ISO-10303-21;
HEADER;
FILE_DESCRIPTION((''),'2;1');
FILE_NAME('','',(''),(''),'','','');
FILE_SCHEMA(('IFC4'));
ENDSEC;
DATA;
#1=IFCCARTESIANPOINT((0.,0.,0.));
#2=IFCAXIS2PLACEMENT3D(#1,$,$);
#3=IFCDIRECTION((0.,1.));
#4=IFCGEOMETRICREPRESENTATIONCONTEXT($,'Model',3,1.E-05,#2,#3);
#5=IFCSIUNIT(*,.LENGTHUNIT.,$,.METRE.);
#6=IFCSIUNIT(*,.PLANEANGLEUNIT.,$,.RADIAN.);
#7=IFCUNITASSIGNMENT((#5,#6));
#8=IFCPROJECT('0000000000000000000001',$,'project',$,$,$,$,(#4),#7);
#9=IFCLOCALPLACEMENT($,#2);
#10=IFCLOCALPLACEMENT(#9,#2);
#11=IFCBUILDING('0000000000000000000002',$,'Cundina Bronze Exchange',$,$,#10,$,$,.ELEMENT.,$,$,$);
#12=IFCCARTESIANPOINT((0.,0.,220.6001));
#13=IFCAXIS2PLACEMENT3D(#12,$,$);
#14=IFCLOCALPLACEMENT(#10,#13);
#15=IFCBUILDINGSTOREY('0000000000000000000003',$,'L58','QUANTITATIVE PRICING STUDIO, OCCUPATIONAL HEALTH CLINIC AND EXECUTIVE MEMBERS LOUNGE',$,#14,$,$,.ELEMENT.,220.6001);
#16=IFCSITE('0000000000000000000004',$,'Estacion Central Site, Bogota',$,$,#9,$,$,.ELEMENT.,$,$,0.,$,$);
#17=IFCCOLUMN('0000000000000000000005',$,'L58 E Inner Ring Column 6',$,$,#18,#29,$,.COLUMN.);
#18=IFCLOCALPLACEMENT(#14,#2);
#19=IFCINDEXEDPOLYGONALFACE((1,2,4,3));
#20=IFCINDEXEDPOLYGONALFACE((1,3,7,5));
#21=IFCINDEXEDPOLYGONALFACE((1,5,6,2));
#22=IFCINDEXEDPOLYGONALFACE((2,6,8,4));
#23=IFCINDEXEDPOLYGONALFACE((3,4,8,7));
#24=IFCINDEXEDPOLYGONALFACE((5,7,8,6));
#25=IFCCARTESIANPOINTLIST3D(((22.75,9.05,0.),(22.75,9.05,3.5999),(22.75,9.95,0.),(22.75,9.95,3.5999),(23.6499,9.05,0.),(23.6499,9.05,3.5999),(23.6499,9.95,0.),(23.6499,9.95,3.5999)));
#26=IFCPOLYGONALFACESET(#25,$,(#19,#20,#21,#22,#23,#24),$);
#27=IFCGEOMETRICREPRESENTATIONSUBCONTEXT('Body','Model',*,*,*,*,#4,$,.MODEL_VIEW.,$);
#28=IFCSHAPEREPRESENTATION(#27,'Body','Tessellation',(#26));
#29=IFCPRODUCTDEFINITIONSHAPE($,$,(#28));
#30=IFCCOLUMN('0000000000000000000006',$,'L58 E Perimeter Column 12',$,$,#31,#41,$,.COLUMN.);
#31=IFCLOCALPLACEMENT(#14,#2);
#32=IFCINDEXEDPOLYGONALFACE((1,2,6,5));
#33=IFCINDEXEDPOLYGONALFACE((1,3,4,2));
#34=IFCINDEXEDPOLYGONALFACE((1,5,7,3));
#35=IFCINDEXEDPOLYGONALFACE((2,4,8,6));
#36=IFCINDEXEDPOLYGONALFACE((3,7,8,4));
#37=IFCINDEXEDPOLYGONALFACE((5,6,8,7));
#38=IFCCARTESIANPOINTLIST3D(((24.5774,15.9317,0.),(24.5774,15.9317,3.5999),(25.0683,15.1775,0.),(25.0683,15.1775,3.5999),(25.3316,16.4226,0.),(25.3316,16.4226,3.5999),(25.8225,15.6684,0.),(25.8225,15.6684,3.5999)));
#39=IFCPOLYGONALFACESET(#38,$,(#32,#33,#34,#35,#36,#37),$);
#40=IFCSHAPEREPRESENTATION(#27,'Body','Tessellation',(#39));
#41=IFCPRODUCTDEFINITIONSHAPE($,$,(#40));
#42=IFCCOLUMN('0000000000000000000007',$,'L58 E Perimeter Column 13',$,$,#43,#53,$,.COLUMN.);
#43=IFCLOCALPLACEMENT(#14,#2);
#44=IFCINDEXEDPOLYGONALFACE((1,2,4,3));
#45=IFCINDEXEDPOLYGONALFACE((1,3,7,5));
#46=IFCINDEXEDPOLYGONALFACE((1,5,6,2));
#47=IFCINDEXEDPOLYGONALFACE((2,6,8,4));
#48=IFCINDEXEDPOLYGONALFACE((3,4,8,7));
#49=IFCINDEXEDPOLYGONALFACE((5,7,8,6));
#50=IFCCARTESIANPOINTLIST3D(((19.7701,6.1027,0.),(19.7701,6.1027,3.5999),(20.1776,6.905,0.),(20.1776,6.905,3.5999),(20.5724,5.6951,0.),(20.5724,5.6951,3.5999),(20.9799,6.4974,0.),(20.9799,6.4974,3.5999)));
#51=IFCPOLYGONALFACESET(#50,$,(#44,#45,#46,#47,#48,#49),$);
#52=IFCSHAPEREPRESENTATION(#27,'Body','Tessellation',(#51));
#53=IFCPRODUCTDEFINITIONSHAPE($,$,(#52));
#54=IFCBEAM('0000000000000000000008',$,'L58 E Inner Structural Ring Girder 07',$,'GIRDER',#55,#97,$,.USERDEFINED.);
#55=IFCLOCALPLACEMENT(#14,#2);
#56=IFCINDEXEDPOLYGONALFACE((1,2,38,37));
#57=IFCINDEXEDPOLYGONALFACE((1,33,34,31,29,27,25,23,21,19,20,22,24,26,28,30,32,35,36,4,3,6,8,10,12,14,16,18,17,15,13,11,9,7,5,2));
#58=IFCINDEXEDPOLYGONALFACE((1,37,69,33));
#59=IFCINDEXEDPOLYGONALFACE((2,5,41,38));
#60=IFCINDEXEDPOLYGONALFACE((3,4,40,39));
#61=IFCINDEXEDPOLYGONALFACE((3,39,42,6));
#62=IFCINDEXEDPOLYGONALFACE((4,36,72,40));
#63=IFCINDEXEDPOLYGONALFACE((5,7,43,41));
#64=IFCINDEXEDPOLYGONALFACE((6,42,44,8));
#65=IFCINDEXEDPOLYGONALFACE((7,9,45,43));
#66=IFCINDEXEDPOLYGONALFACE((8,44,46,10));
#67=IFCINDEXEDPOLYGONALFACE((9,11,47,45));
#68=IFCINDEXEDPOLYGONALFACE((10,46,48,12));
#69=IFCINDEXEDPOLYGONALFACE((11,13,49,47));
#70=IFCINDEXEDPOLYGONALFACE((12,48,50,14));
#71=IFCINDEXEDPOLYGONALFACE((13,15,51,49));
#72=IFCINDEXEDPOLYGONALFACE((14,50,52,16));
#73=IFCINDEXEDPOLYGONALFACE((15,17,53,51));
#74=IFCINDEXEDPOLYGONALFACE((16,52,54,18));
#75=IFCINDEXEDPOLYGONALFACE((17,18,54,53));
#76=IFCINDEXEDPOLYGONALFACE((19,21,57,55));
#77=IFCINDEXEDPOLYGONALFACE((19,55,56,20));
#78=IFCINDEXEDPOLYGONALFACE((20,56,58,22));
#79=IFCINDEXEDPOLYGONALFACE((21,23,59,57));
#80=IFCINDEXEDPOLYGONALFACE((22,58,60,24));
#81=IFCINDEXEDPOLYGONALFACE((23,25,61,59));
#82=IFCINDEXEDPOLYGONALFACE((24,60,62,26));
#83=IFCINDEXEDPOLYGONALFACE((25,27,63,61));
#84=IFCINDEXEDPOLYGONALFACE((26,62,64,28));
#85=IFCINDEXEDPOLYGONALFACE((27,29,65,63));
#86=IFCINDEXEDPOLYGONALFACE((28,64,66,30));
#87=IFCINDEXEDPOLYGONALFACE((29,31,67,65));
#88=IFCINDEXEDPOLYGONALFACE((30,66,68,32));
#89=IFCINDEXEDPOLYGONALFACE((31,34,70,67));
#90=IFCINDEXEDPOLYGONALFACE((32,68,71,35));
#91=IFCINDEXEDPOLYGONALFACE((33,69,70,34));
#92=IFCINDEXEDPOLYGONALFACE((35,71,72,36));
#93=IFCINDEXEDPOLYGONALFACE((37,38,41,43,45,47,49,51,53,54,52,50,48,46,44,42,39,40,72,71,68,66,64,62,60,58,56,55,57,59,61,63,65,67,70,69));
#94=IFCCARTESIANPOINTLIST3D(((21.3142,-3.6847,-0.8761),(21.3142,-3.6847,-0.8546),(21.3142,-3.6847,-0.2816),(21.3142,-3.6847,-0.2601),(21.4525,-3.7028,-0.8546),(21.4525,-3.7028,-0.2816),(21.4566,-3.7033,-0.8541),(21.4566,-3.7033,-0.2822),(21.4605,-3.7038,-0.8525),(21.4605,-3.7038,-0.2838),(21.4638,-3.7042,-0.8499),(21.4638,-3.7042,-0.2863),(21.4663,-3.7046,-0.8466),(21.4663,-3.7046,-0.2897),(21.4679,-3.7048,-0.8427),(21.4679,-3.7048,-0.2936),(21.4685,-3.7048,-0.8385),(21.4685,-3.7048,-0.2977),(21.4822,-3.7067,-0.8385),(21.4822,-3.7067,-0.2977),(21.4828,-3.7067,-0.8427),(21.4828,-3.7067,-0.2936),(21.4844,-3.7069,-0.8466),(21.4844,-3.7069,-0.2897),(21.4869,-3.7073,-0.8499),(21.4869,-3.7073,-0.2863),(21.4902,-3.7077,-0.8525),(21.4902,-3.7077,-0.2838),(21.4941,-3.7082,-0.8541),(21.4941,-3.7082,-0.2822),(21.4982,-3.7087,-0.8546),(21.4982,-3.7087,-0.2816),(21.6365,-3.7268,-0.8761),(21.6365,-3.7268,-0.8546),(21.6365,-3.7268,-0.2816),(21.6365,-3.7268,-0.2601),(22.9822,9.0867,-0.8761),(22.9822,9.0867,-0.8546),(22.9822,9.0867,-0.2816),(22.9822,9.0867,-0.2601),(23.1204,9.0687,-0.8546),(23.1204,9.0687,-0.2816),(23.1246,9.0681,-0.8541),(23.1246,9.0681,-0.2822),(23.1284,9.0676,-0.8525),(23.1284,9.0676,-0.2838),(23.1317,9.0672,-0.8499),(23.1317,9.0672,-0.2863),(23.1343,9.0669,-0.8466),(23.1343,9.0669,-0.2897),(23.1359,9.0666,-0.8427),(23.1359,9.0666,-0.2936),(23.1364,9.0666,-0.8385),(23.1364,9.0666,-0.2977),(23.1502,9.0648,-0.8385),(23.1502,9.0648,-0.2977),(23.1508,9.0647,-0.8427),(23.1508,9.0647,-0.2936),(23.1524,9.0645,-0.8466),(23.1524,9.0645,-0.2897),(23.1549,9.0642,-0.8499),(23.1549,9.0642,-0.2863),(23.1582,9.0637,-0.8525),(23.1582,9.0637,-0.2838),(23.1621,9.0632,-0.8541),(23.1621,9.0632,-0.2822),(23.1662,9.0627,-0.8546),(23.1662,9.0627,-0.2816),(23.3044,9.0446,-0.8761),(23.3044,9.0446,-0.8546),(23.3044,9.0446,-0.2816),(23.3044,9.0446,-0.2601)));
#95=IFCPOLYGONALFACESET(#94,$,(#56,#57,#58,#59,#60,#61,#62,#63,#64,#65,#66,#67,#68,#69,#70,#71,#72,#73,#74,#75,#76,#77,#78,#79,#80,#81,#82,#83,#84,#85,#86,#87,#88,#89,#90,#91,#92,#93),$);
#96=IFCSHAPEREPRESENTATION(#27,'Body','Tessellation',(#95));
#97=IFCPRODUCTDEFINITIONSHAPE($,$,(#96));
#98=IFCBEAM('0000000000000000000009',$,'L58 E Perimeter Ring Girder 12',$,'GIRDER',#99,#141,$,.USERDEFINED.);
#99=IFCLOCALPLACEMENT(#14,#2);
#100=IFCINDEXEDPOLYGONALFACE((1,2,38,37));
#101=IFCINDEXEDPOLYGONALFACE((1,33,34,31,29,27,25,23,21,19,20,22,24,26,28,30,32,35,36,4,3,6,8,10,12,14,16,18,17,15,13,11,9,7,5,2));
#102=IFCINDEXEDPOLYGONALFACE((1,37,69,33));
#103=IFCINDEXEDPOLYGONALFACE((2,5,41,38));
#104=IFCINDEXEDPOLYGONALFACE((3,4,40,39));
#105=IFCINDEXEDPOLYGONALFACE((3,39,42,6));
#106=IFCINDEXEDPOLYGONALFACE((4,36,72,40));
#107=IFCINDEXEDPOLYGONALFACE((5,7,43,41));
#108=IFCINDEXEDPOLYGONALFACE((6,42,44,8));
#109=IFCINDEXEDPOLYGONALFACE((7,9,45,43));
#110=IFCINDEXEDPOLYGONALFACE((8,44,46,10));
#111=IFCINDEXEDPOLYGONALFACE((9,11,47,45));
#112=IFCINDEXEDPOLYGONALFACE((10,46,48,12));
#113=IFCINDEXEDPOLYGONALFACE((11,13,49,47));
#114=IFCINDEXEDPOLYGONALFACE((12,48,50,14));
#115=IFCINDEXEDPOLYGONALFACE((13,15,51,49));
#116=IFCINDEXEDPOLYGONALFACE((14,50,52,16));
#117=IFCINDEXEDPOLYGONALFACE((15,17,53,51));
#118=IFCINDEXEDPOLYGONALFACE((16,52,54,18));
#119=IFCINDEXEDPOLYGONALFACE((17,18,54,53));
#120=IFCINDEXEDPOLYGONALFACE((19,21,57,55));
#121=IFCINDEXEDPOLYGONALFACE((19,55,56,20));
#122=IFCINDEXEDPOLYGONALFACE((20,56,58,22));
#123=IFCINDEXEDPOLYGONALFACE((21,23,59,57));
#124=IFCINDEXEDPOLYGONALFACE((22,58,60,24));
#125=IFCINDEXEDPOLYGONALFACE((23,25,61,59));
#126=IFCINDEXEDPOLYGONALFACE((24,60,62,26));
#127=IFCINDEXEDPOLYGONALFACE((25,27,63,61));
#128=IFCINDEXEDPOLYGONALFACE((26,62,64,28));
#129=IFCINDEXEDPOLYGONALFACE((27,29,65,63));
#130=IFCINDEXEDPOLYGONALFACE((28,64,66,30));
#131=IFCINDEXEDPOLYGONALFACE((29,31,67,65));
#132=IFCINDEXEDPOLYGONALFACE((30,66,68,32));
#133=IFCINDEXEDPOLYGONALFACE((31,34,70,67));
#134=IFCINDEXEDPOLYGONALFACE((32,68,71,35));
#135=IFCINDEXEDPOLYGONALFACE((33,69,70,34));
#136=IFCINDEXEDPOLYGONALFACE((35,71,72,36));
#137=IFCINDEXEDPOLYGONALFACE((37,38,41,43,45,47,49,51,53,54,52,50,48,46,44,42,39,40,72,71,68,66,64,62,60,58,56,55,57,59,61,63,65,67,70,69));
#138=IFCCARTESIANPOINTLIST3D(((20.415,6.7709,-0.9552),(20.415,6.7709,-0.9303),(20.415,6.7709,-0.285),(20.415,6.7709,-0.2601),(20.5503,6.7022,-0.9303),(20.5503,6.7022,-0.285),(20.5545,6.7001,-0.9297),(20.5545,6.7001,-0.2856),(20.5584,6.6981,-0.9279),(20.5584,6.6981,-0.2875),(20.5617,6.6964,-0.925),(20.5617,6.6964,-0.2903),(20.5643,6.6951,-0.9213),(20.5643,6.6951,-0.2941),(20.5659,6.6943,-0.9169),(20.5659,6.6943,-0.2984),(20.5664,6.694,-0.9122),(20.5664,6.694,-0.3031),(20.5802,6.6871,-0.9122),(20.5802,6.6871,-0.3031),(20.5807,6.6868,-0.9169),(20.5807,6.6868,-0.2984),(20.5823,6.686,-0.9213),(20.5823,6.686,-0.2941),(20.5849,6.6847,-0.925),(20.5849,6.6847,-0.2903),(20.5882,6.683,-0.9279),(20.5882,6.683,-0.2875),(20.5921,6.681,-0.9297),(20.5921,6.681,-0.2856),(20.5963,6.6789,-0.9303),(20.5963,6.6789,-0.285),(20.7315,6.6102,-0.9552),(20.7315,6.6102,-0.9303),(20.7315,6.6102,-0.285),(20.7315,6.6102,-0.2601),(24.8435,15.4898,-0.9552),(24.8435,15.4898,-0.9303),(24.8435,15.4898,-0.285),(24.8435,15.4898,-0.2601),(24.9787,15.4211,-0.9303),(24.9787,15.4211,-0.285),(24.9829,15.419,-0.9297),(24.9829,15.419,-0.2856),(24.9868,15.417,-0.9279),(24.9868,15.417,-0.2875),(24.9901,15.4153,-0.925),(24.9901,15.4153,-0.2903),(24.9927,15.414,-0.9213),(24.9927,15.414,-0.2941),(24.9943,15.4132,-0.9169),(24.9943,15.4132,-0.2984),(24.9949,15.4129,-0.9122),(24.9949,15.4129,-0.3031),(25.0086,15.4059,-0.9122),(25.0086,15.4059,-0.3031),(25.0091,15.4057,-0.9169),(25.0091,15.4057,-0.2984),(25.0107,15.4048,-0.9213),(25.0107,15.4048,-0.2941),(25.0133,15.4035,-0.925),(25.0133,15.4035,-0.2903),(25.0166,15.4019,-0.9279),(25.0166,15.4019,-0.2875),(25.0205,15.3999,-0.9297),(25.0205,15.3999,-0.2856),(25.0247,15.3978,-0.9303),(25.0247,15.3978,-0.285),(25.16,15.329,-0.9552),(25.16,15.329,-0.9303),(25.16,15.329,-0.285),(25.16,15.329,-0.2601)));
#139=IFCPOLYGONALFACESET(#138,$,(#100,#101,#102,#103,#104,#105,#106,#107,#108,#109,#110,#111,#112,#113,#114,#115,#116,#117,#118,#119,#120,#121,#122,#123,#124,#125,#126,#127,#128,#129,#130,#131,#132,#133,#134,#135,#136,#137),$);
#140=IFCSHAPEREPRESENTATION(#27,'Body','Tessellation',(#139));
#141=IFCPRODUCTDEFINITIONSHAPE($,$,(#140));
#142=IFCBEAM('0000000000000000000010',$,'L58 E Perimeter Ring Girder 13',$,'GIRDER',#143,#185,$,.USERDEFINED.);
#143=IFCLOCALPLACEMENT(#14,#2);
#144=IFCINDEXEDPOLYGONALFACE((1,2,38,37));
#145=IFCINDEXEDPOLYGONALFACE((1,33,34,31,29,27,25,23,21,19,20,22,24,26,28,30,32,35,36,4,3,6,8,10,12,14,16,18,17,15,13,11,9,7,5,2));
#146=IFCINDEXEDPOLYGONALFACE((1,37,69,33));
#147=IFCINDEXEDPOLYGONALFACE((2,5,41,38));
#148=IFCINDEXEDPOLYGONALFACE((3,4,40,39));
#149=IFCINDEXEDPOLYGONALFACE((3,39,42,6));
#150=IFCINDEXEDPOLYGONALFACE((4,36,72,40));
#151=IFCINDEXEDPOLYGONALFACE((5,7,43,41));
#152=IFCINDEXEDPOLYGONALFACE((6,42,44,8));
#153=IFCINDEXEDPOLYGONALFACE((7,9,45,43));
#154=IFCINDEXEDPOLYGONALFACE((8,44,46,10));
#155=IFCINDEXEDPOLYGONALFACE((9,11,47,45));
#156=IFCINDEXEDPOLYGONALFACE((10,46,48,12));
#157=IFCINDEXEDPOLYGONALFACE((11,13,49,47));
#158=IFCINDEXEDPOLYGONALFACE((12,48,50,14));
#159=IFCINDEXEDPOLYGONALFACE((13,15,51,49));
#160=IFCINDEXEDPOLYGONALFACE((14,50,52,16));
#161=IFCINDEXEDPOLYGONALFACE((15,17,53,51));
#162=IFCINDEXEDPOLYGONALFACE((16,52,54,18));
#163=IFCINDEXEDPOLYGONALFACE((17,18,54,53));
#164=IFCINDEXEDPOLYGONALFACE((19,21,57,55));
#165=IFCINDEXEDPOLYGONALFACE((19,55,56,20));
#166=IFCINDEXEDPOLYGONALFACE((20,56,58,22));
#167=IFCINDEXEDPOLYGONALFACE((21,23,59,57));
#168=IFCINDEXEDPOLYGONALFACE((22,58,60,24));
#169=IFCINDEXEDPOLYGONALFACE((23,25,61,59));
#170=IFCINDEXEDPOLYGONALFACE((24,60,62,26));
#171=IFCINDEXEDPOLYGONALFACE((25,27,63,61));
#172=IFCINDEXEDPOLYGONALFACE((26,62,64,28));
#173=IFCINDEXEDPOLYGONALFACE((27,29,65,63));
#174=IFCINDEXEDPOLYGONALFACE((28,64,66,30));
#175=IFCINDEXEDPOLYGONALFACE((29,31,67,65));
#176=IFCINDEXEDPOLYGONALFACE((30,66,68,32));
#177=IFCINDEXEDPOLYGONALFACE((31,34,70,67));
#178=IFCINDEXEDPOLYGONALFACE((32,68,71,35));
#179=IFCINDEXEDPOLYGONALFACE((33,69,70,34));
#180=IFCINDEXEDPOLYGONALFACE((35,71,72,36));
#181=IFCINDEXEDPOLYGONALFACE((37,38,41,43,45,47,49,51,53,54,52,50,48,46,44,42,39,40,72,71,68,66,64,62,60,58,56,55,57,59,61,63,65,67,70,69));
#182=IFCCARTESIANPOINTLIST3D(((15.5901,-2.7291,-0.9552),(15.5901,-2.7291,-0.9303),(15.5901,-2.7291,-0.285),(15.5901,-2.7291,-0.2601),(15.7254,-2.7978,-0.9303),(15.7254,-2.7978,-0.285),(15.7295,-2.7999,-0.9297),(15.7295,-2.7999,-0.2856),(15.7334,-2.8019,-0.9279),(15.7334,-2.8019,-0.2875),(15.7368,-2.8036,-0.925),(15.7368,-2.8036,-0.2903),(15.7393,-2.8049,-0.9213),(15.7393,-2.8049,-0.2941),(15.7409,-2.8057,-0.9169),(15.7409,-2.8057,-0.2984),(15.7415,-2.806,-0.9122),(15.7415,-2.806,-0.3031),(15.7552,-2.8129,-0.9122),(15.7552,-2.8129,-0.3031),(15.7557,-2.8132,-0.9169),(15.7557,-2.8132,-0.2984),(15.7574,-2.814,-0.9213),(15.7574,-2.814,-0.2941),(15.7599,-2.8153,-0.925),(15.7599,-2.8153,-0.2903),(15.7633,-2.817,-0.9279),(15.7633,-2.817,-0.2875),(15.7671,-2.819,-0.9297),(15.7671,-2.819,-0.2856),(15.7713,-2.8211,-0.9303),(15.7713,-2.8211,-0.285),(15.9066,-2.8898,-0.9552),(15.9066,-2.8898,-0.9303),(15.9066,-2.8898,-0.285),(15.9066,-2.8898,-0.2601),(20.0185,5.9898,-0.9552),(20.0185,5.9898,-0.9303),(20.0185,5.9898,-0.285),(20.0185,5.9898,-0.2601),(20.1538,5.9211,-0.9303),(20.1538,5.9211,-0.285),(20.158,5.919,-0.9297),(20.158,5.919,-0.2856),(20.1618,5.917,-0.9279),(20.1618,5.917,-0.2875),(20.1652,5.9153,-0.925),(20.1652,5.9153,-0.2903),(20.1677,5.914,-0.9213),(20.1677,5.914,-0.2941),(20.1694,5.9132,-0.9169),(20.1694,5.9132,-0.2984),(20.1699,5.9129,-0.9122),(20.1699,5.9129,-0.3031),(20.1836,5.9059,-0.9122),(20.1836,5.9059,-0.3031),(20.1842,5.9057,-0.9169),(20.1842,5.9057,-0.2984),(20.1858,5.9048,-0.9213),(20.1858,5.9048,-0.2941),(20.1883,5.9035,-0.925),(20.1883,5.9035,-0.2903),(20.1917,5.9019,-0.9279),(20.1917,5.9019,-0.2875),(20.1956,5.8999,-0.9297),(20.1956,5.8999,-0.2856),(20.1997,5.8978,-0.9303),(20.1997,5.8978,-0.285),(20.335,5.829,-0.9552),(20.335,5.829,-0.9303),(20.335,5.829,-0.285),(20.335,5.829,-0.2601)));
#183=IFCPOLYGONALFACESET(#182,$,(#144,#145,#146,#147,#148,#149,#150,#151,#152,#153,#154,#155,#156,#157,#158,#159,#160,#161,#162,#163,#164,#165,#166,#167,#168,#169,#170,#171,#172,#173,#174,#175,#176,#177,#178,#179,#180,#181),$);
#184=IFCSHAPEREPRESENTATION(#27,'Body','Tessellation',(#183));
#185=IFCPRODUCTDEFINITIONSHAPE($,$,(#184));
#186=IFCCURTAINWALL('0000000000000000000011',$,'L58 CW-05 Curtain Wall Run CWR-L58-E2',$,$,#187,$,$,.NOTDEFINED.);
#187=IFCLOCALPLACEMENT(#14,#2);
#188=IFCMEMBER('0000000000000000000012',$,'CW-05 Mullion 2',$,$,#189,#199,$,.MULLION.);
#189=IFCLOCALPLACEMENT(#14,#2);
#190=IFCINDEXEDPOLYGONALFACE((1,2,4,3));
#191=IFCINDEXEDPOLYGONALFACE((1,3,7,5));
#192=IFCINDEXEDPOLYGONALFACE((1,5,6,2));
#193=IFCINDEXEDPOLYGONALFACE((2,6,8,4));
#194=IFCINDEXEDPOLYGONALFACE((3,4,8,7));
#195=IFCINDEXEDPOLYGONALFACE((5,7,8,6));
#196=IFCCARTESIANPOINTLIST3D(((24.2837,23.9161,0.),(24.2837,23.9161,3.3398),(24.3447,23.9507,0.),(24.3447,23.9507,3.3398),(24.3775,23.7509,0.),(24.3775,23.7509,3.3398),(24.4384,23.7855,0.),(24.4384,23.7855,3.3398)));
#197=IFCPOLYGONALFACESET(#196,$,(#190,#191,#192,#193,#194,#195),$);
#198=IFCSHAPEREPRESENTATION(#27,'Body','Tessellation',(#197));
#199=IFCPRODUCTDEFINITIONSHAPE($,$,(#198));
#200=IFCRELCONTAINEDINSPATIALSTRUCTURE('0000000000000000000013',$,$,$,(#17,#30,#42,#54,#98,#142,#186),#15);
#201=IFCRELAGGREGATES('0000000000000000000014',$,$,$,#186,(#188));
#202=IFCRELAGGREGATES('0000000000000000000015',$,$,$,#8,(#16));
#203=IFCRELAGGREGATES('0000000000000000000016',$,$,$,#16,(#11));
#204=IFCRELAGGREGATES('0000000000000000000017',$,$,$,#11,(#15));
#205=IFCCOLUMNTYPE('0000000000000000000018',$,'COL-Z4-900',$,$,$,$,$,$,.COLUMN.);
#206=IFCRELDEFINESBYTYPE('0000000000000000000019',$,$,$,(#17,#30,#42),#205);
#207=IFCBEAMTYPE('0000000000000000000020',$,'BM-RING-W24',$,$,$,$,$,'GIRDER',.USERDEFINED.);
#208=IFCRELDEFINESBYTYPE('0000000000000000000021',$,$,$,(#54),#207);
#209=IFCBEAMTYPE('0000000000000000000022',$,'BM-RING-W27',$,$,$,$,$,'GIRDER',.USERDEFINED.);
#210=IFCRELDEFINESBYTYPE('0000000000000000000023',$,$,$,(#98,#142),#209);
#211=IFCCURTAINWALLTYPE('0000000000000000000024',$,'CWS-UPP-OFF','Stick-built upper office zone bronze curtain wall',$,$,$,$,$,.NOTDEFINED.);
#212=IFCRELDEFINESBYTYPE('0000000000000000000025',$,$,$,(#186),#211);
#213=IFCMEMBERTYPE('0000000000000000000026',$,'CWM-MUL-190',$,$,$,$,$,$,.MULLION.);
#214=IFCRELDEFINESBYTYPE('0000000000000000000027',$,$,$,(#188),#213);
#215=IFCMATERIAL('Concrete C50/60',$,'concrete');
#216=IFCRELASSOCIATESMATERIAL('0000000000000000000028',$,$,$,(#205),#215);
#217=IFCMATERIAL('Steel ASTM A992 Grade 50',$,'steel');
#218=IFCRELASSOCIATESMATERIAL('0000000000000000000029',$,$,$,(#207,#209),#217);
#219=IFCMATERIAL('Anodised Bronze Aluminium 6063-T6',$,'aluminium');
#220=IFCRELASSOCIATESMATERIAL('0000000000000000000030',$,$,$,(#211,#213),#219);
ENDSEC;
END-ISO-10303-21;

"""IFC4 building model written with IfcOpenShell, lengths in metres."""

from ifc_helpers import new_model, si_unit, direction, frame, origin, origin_2d, place, context, subcontext, project, spatial, rectangle, i_section, extrude, material, material_profile, profile_set, type_object, element, aggregate, save


model = new_model("IFC4")

# Units and contexts
model_context = context("Model", 3, precision=1e-05, world=origin(), true_north=direction((0.0, 1.0)))
body_context = subcontext(model_context, "Body", "Model", "MODEL_VIEW")
ifc_project = project(units=[si_unit("LENGTHUNIT", "METRE"), si_unit("PLANEANGLEUNIT", "RADIAN")], contexts=[model_context])

# Site, building, storey
site_placement = place(None, origin())
site = spatial("IfcSite", under=ifc_project, at=site_placement, Name="Estacion Central Site, Bogota", CompositionType="ELEMENT", RefElevation=0.0)
building_placement = place(site_placement, origin())
building = spatial("IfcBuilding", under=site, at=building_placement, Name="Cundina Bronze Exchange", CompositionType="ELEMENT")
storey_placement = place(building_placement, frame((0.0, 0.0, 220.6001)))
storey = spatial("IfcBuildingStorey", under=building, at=storey_placement, Name="L58", Description="QUANTITATIVE PRICING STUDIO, OCCUPATIONAL HEALTH CLINIC AND EXECUTIVE MEMBERS LOUNGE", CompositionType="ELEMENT", Elevation=220.6001)

# Columns
ifc_material_1 = material(Name="Concrete C50/60", Category="concrete")
ifc_material_profile_1 = material_profile(ifc_material_1, rectangle(XDim=0.8999, YDim=0.8999, at=origin_2d()), Name="RC900X900", Category="concrete")
ifc_profile_set_1 = profile_set([ifc_material_profile_1], Name="Concrete C50/60")
column_type = type_object("IfcColumnType", Name="COL-Z4-900", PredefinedType="COLUMN", material=ifc_profile_set_1)
for number, where, z_axis, x_axis, name in (
    (1, (23.2, 9.5, 0.0), (0.0, 0.0, 1.0), (1.0, 0.0, 0.0), "L58 E Inner Ring Column 6"),
    (2, (25.2, 15.8, 0.0), (0.0, 0.0, 1.0), (-0.8381, -0.545517, 0.0), "L58 E Perimeter Column 12"),
    (3, (20.375, 6.3, 0.0), (0.0, 0.0, 1.0), (-0.452902, -0.891561, 0.0), "L58 E Perimeter Column 13"),
):
    element("IfcColumn", number, at=place(storey_placement, frame(where, z_axis=z_axis, x_axis=x_axis)), inside=storey, type_object=column_type, Name=name, PredefinedType="COLUMN", context=body_context, shape_type="SweptSolid", body=[
        extrude(rectangle(XDim=0.8999, YDim=0.8999, at=origin_2d()), origin(), (0.0, 0.0, 1.0), 3.5999),
    ])

# Beams
ifc_material_2 = material(Name="Steel ASTM A992 Grade 50", Category="steel")
ifc_material_profile_2 = material_profile(ifc_material_2, i_section(OverallWidth=0.325, OverallDepth=0.616, WebThickness=0.0139, FlangeThickness=0.0215, FilletRadius=0.0161, at=origin_2d()), Name="W24X117", Category="steel")
ifc_profile_set_2 = profile_set([ifc_material_profile_2], Name="Steel ASTM A992 Grade 50")
beam_type_1 = type_object("IfcBeamType", Name="BM-RING-W24", ElementType="GIRDER", PredefinedType="USERDEFINED", material=ifc_profile_set_2)
beam_placement = place(storey_placement, frame((23.1433, 9.0657, -0.5681), z_axis=(-0.129501, -0.991579, 0.0), x_axis=(0.991579, -0.129501, 0.0)))
element("IfcBeam", 4, at=beam_placement, inside=storey, type_object=beam_type_1, Name="L58 E Inner Structural Ring Girder 07", ObjectType="GIRDER", PredefinedType="USERDEFINED", context=body_context, shape_type="SweptSolid", body=[
    extrude(i_section(OverallWidth=0.325, OverallDepth=0.616, WebThickness=0.0139, FlangeThickness=0.0215, FilletRadius=0.0161, at=origin_2d()), origin(), (0.0, 0.0, 1.0), 12.8799),
])
ifc_material_profile_3 = material_profile(ifc_material_2, i_section(OverallWidth=0.355, OverallDepth=0.6951, WebThickness=0.0154, FlangeThickness=0.0249, FilletRadius=0.0181, at=origin_2d()), Name="W27X146", Category="steel")
ifc_profile_set_3 = profile_set([ifc_material_profile_3], Name="Steel ASTM A992 Grade 50")
beam_type_2 = type_object("IfcBeamType", Name="BM-RING-W27", ElementType="GIRDER", PredefinedType="USERDEFINED", material=ifc_profile_set_3)
for number, where, z_axis, x_axis, name in (
    (5, (25.0017, 15.4094, -0.6077), (-0.452847, -0.891588, 0.0), (0.891588, -0.452847, 0.0), "L58 E Perimeter Ring Girder 12"),
    (6, (20.1768, 5.9094, -0.6077), (-0.452847, -0.891588, 0.0), (0.891588, -0.452847, 0.0), "L58 E Perimeter Ring Girder 13"),
):
    element("IfcBeam", number, at=place(storey_placement, frame(where, z_axis=z_axis, x_axis=x_axis)), inside=storey, type_object=beam_type_2, Name=name, ObjectType="GIRDER", PredefinedType="USERDEFINED", context=body_context, shape_type="SweptSolid", body=[
        extrude(i_section(OverallWidth=0.355, OverallDepth=0.6951, WebThickness=0.0154, FlangeThickness=0.0249, FilletRadius=0.0181, at=origin_2d()), origin(), (0.0, 0.0, 1.0), 9.7791),
    ])

# Curtain wall, member
ifc_material_3 = material(Name="Anodised Bronze Aluminium 6063-T6", Category="aluminium")
curtain_wall_type = type_object("IfcCurtainWallType", Name="CWS-UPP-OFF", Description="Stick-built upper office zone bronze curtain wall", PredefinedType="NOTDEFINED", material=ifc_material_3)
curtain_wall_placement = place(storey_placement, origin())
curtain_wall = element("IfcCurtainWall", 7, at=curtain_wall_placement, inside=storey, type_object=curtain_wall_type, Name="L58 CW-05 Curtain Wall Run CWR-L58-E2", PredefinedType="NOTDEFINED")
ifc_material_profile_4 = material_profile(ifc_material_3, rectangle(XDim=0.0701, YDim=0.1899, at=origin_2d()), Name="AL70X190", Category="aluminium")
ifc_profile_set_4 = profile_set([ifc_material_profile_4], Name="Anodised Bronze Aluminium 6063-T6")
member_type_1 = type_object("IfcMemberType", Name="CWM-MUL-190", PredefinedType="MULLION", material=ifc_profile_set_4)
member_1_placement = place(storey_placement, frame((24.3611, 23.8508, 0.0), z_axis=(0.0, 0.0, 1.0), x_axis=(-0.869581, -0.49379, 0.0)))
member_1 = element("IfcMember", 8, at=member_1_placement, type_object=member_type_1, Name="CW-05 Mullion 2", PredefinedType="MULLION", context=body_context, shape_type="SweptSolid", body=[
    extrude(rectangle(XDim=0.0701, YDim=0.1899, at=origin_2d()), origin(), (0.0, 0.0, 1.0), 3.3398),
])
aggregate(curtain_wall, [member_1])

save(model, "model.ifc")
